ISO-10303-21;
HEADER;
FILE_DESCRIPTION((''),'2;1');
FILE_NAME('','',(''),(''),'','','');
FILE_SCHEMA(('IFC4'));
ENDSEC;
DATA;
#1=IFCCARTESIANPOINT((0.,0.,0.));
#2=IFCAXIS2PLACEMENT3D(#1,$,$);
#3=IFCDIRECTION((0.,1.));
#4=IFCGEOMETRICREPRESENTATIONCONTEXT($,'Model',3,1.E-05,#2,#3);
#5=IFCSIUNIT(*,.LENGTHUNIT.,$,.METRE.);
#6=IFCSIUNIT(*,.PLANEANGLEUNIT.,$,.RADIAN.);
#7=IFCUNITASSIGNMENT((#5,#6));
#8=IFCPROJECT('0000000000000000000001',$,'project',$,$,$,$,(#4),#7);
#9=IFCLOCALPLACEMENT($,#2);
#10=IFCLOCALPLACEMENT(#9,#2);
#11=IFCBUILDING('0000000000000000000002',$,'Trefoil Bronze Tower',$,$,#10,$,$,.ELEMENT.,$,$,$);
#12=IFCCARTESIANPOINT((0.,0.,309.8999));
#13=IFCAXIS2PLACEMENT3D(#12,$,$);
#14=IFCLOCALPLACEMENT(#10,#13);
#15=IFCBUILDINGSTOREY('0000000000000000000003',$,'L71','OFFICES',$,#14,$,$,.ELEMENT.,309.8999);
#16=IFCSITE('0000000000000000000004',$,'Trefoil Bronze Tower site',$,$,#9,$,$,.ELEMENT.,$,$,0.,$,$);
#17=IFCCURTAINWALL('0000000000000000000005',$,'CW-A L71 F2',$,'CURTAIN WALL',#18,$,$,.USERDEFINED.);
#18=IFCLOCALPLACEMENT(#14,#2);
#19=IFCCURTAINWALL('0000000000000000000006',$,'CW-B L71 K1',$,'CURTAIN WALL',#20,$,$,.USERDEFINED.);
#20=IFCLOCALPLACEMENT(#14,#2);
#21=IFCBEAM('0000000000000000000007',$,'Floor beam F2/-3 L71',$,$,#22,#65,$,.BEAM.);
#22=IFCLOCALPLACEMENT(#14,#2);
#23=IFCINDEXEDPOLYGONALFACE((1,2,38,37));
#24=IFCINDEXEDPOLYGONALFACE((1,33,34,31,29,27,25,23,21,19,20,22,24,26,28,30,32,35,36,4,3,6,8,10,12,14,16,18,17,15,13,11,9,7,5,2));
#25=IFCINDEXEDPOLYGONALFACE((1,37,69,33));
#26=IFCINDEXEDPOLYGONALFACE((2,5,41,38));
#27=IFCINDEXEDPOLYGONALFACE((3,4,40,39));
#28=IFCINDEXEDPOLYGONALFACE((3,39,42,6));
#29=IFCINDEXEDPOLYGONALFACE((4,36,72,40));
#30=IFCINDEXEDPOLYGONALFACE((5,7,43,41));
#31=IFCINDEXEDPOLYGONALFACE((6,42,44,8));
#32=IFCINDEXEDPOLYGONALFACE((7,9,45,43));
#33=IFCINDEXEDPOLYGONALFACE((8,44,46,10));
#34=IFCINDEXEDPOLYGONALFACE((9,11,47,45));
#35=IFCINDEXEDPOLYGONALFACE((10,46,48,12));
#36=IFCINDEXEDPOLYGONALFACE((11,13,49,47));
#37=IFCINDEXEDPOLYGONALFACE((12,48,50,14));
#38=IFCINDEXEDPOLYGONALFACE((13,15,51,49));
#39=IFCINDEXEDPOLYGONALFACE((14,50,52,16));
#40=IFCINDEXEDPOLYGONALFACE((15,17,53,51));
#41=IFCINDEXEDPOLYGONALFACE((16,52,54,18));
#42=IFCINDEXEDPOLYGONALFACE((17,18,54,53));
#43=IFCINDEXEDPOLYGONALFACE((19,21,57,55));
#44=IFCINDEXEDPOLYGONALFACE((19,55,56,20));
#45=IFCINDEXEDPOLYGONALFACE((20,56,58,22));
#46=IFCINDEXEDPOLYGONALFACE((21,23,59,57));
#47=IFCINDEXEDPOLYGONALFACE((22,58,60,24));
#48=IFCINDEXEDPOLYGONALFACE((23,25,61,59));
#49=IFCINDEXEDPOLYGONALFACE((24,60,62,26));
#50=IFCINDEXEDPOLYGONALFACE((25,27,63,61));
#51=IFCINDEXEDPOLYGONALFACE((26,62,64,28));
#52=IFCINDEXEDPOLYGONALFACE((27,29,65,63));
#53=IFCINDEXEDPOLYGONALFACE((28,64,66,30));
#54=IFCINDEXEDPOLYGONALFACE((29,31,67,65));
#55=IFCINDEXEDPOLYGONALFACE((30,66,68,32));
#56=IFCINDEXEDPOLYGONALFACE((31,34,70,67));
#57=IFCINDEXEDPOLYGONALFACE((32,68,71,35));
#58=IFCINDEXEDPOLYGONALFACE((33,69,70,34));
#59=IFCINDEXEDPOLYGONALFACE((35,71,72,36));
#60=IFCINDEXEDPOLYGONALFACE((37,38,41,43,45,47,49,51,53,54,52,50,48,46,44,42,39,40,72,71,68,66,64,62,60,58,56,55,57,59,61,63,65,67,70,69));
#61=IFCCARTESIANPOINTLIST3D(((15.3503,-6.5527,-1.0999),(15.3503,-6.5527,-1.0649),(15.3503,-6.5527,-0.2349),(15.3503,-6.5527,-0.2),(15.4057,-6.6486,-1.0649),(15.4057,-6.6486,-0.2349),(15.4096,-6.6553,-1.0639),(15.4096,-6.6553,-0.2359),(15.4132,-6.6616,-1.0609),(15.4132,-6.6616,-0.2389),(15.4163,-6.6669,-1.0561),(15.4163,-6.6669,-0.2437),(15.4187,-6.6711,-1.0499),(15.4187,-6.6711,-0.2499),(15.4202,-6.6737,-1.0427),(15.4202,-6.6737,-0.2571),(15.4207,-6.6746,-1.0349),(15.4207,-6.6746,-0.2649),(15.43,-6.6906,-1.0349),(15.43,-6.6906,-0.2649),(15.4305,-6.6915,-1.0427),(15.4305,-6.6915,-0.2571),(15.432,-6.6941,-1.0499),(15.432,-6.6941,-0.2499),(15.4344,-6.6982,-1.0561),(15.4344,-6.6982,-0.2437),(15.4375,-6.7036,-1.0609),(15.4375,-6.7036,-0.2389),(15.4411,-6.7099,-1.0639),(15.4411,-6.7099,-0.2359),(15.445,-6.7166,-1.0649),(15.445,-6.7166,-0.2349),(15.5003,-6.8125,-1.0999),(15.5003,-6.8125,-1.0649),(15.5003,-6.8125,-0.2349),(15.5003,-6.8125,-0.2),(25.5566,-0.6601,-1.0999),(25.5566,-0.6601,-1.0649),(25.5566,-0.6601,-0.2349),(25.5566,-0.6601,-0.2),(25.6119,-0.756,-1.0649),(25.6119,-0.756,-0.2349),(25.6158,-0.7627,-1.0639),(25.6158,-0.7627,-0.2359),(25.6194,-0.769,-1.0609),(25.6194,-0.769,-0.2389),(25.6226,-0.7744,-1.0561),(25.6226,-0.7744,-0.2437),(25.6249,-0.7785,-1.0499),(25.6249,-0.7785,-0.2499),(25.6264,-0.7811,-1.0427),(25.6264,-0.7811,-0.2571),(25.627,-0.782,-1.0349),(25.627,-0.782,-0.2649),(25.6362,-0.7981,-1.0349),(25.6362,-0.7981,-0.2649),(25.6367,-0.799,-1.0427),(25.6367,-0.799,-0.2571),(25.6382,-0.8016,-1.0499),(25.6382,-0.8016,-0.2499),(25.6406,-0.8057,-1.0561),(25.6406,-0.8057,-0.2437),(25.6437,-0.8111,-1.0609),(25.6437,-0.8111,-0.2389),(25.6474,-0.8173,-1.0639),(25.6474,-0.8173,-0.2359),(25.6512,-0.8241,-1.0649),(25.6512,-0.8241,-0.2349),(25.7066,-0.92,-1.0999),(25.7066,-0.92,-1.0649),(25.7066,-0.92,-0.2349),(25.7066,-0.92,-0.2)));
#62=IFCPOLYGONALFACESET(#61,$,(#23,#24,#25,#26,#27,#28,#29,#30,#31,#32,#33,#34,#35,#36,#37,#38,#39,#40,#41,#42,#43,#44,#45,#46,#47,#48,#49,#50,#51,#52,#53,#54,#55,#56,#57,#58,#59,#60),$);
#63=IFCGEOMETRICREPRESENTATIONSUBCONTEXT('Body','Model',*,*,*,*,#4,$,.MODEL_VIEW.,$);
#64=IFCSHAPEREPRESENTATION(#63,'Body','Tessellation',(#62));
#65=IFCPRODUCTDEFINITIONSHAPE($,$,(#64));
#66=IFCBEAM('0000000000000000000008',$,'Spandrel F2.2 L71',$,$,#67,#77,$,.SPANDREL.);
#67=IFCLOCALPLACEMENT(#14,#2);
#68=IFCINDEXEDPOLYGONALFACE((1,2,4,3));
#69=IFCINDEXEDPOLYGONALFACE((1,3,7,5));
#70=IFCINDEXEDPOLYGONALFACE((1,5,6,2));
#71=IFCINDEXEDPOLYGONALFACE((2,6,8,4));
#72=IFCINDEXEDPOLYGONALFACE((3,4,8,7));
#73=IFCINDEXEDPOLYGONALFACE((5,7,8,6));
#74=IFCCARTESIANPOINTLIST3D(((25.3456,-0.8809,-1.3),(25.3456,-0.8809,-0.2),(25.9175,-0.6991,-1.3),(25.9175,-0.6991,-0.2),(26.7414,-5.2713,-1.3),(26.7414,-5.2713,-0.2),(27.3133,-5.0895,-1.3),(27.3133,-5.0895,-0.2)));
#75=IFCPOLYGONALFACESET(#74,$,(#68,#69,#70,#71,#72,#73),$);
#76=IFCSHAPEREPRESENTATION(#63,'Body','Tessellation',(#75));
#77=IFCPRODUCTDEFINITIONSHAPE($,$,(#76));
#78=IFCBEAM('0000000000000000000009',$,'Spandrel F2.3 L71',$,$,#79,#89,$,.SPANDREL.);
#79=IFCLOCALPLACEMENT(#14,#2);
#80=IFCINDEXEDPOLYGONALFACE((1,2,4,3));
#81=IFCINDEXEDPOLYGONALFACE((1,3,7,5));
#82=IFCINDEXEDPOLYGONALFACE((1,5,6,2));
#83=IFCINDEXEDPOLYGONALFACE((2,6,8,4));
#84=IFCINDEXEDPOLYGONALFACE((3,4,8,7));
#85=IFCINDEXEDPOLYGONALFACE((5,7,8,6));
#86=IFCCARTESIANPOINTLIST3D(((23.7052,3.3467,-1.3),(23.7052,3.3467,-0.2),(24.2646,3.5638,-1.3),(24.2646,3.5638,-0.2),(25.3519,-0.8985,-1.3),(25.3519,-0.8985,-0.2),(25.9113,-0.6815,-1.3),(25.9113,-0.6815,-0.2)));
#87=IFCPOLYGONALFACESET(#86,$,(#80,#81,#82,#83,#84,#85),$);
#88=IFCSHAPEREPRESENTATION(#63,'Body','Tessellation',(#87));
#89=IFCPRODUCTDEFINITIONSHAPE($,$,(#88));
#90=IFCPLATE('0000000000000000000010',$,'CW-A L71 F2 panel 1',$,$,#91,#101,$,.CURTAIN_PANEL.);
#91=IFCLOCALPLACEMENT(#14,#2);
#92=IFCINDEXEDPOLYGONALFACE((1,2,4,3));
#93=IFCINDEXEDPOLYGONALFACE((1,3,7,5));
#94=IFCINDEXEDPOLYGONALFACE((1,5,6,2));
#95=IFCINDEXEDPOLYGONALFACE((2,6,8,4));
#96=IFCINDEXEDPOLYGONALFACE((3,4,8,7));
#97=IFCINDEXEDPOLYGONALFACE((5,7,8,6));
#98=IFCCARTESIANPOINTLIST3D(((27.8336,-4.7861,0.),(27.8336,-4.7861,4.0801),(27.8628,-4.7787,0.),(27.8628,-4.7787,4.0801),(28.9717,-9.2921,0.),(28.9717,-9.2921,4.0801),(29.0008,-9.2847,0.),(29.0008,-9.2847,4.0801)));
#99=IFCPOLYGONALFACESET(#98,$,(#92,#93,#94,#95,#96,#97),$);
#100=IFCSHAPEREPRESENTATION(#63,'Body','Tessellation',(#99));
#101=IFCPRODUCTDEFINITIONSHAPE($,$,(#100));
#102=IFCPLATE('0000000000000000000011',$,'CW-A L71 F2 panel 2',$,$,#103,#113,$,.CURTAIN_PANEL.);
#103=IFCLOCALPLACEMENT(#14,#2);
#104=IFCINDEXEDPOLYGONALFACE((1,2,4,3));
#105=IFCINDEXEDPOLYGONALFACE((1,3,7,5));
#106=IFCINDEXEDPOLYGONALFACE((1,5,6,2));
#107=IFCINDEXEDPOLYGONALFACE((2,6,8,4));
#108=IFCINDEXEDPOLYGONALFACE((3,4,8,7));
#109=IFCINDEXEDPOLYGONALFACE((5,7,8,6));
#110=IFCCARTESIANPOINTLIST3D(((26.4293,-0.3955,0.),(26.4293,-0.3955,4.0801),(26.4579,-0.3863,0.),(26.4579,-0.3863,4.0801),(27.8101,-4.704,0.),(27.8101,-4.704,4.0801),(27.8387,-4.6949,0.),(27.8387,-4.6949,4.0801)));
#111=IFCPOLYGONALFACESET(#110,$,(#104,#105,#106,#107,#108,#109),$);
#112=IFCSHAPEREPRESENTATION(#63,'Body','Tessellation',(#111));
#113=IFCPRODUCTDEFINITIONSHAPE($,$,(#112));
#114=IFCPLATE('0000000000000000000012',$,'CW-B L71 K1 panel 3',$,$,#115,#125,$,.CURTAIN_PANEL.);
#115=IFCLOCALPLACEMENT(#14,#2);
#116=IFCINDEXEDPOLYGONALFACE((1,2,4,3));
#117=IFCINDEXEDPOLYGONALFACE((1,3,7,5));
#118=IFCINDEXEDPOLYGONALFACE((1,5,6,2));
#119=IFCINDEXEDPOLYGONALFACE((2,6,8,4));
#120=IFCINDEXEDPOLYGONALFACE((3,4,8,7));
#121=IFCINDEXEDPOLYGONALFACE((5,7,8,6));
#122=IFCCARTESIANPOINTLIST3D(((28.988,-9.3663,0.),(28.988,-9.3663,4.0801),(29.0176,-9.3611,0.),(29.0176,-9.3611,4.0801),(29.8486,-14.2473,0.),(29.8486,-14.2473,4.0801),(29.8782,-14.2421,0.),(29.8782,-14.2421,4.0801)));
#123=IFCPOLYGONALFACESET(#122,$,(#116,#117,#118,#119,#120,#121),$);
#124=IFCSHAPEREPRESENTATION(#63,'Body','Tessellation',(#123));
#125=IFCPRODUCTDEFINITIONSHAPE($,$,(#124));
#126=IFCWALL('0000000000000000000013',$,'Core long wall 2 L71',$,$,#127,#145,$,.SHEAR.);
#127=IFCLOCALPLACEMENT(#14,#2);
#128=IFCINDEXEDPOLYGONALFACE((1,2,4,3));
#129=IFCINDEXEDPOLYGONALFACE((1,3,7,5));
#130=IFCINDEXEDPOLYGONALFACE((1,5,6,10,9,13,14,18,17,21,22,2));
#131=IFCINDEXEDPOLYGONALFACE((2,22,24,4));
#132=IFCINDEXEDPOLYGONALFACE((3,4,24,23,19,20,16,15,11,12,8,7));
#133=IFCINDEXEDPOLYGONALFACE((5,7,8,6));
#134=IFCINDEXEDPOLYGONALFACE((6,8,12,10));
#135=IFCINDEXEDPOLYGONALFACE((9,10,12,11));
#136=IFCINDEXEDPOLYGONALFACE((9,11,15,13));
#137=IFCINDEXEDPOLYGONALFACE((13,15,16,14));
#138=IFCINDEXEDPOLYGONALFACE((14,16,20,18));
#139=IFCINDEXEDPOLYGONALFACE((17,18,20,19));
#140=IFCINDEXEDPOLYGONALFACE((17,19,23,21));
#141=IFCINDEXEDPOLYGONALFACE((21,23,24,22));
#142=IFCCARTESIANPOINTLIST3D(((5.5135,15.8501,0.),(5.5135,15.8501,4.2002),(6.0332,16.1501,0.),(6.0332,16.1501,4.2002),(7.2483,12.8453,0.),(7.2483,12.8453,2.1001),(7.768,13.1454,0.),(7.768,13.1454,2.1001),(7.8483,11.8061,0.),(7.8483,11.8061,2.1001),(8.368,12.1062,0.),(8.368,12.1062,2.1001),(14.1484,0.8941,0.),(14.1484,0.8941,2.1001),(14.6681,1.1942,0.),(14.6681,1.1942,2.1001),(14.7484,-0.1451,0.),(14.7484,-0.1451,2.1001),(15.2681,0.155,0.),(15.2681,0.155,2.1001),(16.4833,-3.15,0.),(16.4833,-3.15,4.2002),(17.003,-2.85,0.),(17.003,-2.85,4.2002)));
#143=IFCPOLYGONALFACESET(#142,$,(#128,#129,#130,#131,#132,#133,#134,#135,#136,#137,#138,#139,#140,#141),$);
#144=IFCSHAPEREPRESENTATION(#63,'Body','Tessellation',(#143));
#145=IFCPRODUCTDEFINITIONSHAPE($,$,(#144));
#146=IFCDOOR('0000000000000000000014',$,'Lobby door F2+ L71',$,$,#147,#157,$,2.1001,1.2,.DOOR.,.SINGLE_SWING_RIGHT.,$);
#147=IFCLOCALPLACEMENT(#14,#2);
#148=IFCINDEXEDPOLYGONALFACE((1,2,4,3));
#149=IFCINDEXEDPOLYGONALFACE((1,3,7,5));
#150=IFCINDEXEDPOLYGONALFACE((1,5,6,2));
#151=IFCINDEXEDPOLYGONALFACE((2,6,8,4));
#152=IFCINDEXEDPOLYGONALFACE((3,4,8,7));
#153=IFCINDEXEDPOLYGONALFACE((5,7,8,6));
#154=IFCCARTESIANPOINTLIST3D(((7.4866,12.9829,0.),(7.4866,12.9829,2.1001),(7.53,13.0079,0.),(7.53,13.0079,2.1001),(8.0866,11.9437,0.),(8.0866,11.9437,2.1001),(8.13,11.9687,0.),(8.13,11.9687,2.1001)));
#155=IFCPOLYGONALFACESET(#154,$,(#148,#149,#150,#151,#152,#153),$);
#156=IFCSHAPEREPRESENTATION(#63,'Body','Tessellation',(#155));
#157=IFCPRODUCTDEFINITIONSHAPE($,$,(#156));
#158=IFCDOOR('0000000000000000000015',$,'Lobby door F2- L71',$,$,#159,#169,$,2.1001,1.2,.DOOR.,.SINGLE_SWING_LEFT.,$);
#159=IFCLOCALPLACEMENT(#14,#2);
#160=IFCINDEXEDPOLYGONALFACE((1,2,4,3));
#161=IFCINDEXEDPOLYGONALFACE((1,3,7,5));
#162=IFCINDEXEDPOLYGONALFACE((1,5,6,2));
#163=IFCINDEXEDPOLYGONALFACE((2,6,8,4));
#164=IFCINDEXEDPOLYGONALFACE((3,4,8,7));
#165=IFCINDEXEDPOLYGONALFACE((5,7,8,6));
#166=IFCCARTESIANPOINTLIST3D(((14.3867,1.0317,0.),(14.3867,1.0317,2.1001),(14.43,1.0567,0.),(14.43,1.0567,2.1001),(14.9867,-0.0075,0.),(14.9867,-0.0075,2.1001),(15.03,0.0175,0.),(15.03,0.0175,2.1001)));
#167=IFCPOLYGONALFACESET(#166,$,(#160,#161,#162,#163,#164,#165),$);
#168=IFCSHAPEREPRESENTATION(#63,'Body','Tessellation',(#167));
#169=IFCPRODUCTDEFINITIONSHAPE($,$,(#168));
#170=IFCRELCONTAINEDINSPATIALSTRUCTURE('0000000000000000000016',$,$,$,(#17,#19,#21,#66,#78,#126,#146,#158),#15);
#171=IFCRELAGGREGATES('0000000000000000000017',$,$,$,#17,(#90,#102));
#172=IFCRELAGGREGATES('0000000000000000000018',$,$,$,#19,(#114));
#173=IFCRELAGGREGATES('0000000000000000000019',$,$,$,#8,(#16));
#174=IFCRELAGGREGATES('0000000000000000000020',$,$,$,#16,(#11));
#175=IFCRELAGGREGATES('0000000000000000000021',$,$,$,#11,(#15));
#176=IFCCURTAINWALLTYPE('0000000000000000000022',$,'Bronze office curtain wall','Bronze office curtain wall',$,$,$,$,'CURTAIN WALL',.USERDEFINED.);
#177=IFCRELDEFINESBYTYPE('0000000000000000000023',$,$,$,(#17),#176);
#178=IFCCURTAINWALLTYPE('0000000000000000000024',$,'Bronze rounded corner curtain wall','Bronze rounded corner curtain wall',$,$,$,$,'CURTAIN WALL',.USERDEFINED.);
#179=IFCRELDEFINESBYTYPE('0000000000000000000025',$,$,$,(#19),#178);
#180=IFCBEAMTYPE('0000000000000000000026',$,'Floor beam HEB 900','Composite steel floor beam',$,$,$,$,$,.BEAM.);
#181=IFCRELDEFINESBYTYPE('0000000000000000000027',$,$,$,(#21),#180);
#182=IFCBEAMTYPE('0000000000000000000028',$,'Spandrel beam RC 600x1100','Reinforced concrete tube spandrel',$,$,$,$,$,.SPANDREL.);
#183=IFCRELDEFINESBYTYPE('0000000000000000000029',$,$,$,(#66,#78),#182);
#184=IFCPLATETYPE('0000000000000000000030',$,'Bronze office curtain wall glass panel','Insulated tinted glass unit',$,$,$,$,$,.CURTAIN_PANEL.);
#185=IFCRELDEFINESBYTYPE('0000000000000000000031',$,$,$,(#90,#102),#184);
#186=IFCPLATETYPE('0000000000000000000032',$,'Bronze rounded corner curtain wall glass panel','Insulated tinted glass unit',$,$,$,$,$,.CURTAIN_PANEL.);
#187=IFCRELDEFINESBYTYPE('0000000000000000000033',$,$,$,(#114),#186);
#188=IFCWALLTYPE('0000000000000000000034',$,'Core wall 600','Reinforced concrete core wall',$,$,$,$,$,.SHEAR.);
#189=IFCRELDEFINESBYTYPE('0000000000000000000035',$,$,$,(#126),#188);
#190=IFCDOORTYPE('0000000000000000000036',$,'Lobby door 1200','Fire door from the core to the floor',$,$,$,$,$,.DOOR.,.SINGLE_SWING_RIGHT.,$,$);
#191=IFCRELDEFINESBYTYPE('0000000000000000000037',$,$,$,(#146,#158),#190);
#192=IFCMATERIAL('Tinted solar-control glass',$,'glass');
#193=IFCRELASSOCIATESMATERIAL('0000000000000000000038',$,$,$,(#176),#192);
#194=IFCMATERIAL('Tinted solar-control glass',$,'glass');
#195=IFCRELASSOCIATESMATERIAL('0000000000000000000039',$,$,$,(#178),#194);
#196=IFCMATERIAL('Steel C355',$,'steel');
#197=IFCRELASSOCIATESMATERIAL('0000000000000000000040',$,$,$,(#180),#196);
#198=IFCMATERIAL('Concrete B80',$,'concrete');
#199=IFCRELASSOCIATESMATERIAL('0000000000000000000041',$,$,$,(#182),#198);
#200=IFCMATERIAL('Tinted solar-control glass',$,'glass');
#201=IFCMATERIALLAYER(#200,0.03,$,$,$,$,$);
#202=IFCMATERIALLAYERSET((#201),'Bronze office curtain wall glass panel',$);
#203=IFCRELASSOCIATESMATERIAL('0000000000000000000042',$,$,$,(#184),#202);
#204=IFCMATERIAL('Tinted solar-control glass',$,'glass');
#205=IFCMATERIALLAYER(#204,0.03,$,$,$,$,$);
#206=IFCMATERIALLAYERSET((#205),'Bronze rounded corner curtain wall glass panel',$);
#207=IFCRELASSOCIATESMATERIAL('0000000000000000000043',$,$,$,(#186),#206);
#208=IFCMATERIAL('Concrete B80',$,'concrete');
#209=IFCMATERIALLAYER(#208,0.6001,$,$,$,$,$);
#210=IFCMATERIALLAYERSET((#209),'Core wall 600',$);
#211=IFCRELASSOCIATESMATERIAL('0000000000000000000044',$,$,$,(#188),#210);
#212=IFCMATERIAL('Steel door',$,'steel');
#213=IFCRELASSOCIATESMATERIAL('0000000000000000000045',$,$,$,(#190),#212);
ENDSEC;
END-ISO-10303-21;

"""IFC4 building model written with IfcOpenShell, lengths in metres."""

from ifc_helpers import new_model, si_unit, direction, frame, frame_2d, origin, origin_2d, place, context, subcontext, project, spatial, rectangle, i_section, extrude, material, layer, layer_set, material_profile, profile_set, type_object, element, fill, aggregate, save


model = new_model("IFC4")

# Units and contexts
model_context = context("Model", 3, precision=1e-05, world=origin(), true_north=direction((0.0, 1.0)))
body_context = subcontext(model_context, "Body", "Model", "MODEL_VIEW")
ifc_project = project(units=[si_unit("LENGTHUNIT", "METRE"), si_unit("PLANEANGLEUNIT", "RADIAN")], contexts=[model_context])

# Site, building, storey
site_placement = place(None, origin())
site = spatial("IfcSite", under=ifc_project, at=site_placement, Name="Trefoil Bronze Tower site", CompositionType="ELEMENT", RefElevation=0.0)
building_placement = place(site_placement, origin())
building = spatial("IfcBuilding", under=site, at=building_placement, Name="Trefoil Bronze Tower", CompositionType="ELEMENT")
storey_placement = place(building_placement, frame((0.0, 0.0, 309.8999)))
storey = spatial("IfcBuildingStorey", under=building, at=storey_placement, Name="L71", Description="OFFICES", CompositionType="ELEMENT", Elevation=309.8999)

# Curtain wall
ifc_material_1 = material(Name="Tinted solar-control glass", Category="glass")
curtain_wall_type_1 = type_object("IfcCurtainWallType", Name="Bronze office curtain wall", Description="Bronze office curtain wall", ElementType="CURTAIN WALL", PredefinedType="USERDEFINED", material=ifc_material_1)
curtain_wall_1_placement = place(storey_placement, origin())
curtain_wall_1 = element("IfcCurtainWall", 1, at=curtain_wall_1_placement, inside=storey, type_object=curtain_wall_type_1, Name="CW-A L71 F2", ObjectType="CURTAIN WALL", PredefinedType="USERDEFINED")

# Curtain wall
ifc_material_2 = material(Name="Tinted solar-control glass", Category="glass")
curtain_wall_type_2 = type_object("IfcCurtainWallType", Name="Bronze rounded corner curtain wall", Description="Bronze rounded corner curtain wall", ElementType="CURTAIN WALL", PredefinedType="USERDEFINED", material=ifc_material_2)
curtain_wall_2_placement = place(storey_placement, origin())
curtain_wall_2 = element("IfcCurtainWall", 2, at=curtain_wall_2_placement, inside=storey, type_object=curtain_wall_type_2, Name="CW-B L71 K1", ObjectType="CURTAIN WALL", PredefinedType="USERDEFINED")

# Beams
ifc_material_3 = material(Name="Steel C355", Category="steel")
ifc_material_profile_1 = material_profile(ifc_material_3, i_section(OverallWidth=0.3, OverallDepth=0.8999, WebThickness=0.0186, FlangeThickness=0.0349, FilletRadius=0.03, at=origin_2d()), Name="HEB 900")
ifc_profile_set_1 = profile_set([ifc_material_profile_1], Name="Steel C355")
beam_type_1 = type_object("IfcBeamType", Name="Floor beam HEB 900", Description="Composite steel floor beam", PredefinedType="BEAM", material=ifc_profile_set_1)
beam_1_placement = place(storey_placement, frame((25.6316, -0.79, -0.6499), z_axis=(-0.866027, -0.499998, 0.0), x_axis=(0.499998, -0.866027, 0.0)))
element("IfcBeam", 3, at=beam_1_placement, inside=storey, type_object=beam_type_1, Name="Floor beam F2/-3 L71", PredefinedType="BEAM", context=body_context, shape_type="SweptSolid", body=[
    extrude(i_section(OverallWidth=0.3, OverallDepth=0.8999, WebThickness=0.0186, FlangeThickness=0.0349, FilletRadius=0.03, at=origin_2d()), origin(), (0.0, 0.0, 1.0), 11.7852),
])
ifc_material_4 = material(Name="Concrete B80", Category="concrete")
ifc_material_profile_2 = material_profile(ifc_material_4, rectangle(XDim=0.6001, YDim=1.1001, at=origin_2d()), Name="RC 600x1100")
ifc_profile_set_2 = profile_set([ifc_material_profile_2], Name="Concrete B80")
beam_type_2 = type_object("IfcBeamType", Name="Spandrel beam RC 600x1100", Description="Reinforced concrete tube spandrel", PredefinedType="SPANDREL", material=ifc_profile_set_2)
beam_2_placement = place(storey_placement, frame((27.0273, -5.1804, -0.75), z_axis=(-0.30297, 0.953, 0.0), x_axis=(-0.953, -0.30297, 0.0)))
element("IfcBeam", 4, at=beam_2_placement, inside=storey, type_object=beam_type_2, Name="Spandrel F2.2 L71", PredefinedType="SPANDREL", context=body_context, shape_type="SweptSolid", body=[
    extrude(rectangle(XDim=0.6001, YDim=1.1001, at=origin_2d()), origin(), (0.0, 0.0, 1.0), 4.6069),
])
beam_3_placement = place(storey_placement, frame((25.6316, -0.79, -0.75), z_axis=(-0.361636, 0.932319, 0.0), x_axis=(-0.932319, -0.361636, 0.0)))
element("IfcBeam", 5, at=beam_3_placement, inside=storey, type_object=beam_type_2, Name="Spandrel F2.3 L71", PredefinedType="SPANDREL", context=body_context, shape_type="SweptSolid", body=[
    extrude(rectangle(XDim=0.6001, YDim=1.1001, at=origin_2d()), origin(), (0.0, 0.0, 1.0), 4.5535),
])

# Plates
ifc_material_5 = material(Name="Tinted solar-control glass", Category="glass")
ifc_layer_1 = layer(ifc_material_5, 0.03)
ifc_layer_set_1 = layer_set([ifc_layer_1], Name="Bronze office curtain wall glass panel")
plate_type_1 = type_object("IfcPlateType", Name="Bronze office curtain wall glass panel", Description="Insulated tinted glass unit", PredefinedType="CURTAIN_PANEL", material=ifc_layer_set_1)
plate_1_placement = place(storey_placement, frame((28.4172, -7.0354, 0.0), z_axis=(0.0, 0.0, 1.0), x_axis=(-0.24488, 0.969554, 0.0)))
plate_1 = element("IfcPlate", 6, at=plate_1_placement, type_object=plate_type_1, Name="CW-A L71 F2 panel 1", PredefinedType="CURTAIN_PANEL", context=body_context, shape_type="SweptSolid", body=[
    extrude(rectangle(XDim=4.6475, YDim=0.03, at=origin_2d()), origin(), (0.0, 0.0, 1.0), 4.0801),
])
plate_2_placement = place(storey_placement, frame((27.134, -2.5452, 0.0), z_axis=(0.0, 0.0, 1.0), x_axis=(-0.305188, 0.952292, 0.0)))
plate_2 = element("IfcPlate", 7, at=plate_2_placement, type_object=plate_type_1, Name="CW-A L71 F2 panel 2", PredefinedType="CURTAIN_PANEL", context=body_context, shape_type="SweptSolid", body=[
    extrude(rectangle(XDim=4.5244, YDim=0.03, at=origin_2d()), origin(), (0.0, 0.0, 1.0), 4.0801),
])
aggregate(curtain_wall_1, [plate_1, plate_2])
ifc_material_6 = material(Name="Tinted solar-control glass", Category="glass")
ifc_layer_2 = layer(ifc_material_6, 0.03)
ifc_layer_set_2 = layer_set([ifc_layer_2], Name="Bronze rounded corner curtain wall glass panel")
plate_type_2 = type_object("IfcPlateType", Name="Bronze rounded corner curtain wall glass panel", Description="Insulated tinted glass unit", PredefinedType="CURTAIN_PANEL", material=ifc_layer_set_2)
plate_3_placement = place(storey_placement, frame((29.4331, -11.8042, 0.0), z_axis=(0.0, 0.0, 1.0), x_axis=(-0.173648, 0.984808, 0.0)))
plate_3 = element("IfcPlate", 8, at=plate_3_placement, type_object=plate_type_2, Name="CW-B L71 K1 panel 3", PredefinedType="CURTAIN_PANEL", context=body_context, shape_type="SweptSolid", body=[
    extrude(rectangle(XDim=4.9563, YDim=0.03, at=origin_2d()), origin(), (0.0, 0.0, 1.0), 4.0801),
])
aggregate(curtain_wall_2, [plate_3])

# Wall, openings, doors
ifc_material_7 = material(Name="Concrete B80", Category="concrete")
ifc_layer_3 = layer(ifc_material_7, 0.6001)
ifc_layer_set_3 = layer_set([ifc_layer_3], Name="Core wall 600")
wall_type_1 = type_object("IfcWallType", Name="Core wall 600", Description="Reinforced concrete core wall", PredefinedType="SHEAR", material=ifc_layer_set_3)
wall_1_placement = place(storey_placement, frame((16.7432, -3.0, 0.0), z_axis=(0.0, 0.0, 1.0), x_axis=(-0.500002, 0.866024, 0.0)))
wall_1 = element("IfcWall", 9, at=wall_1_placement, inside=storey, type_object=wall_type_1, Name="Core long wall 2 L71", PredefinedType="SHEAR", context=body_context, shape_type="SweptSolid", body=[
    extrude(rectangle(XDim=21.9395, YDim=0.6001, at=frame_2d((10.9697, 0.0))), origin(), (0.0, 0.0, 1.0), 4.2002),
])
opening_1_placement = place(wall_1_placement, frame((17.2698, 0.0, 0.0)))
opening_1 = element("IfcOpeningElement", 10, at=opening_1_placement, cuts=wall_1, PredefinedType="OPENING", context=body_context, shape_type="SweptSolid", body=[
    extrude(rectangle(XDim=1.2, YDim=2.1001, at=frame_2d((0.6001, 1.05))), frame((0.0, 0.3101, 0.0), z_axis=(0.0, -1.0, 0.0), x_axis=(1.0, 0.0, 0.0)), (0.0, 0.0, 1.0), 0.6201),
])
opening_2_placement = place(wall_1_placement, frame((3.4697, 0.0, 0.0)))
opening_2 = element("IfcOpeningElement", 11, at=opening_2_placement, cuts=wall_1, PredefinedType="OPENING", context=body_context, shape_type="SweptSolid", body=[
    extrude(rectangle(XDim=1.2, YDim=2.1001, at=frame_2d((0.6001, 1.05))), frame((0.0, 0.3101, 0.0), z_axis=(0.0, -1.0, 0.0), x_axis=(1.0, 0.0, 0.0)), (0.0, 0.0, 1.0), 0.6201),
])
ifc_material_8 = material(Name="Steel door", Category="steel")
door_type = type_object("IfcDoorType", Name="Lobby door 1200", Description="Fire door from the core to the floor", OperationType="SINGLE_SWING_RIGHT", PredefinedType="DOOR", material=ifc_material_8)
door_1_placement = place(opening_1_placement, origin())
door_1 = element("IfcDoor", 12, at=door_1_placement, inside=storey, type_object=door_type, Name="Lobby door F2+ L71", OperationType="SINGLE_SWING_RIGHT", OverallHeight=2.1001, OverallWidth=1.2, PredefinedType="DOOR", context=body_context, shape_type="SweptSolid", body=[
    extrude(rectangle(XDim=1.2, YDim=2.1001, at=frame_2d((0.6001, 1.05))), frame((0.0, 0.0249, 0.0), z_axis=(0.0, -1.0, 0.0), x_axis=(1.0, 0.0, 0.0)), (0.0, 0.0, 1.0), 0.05),
])
fill(opening_1, door_1)
door_2_placement = place(opening_2_placement, origin())
door_2 = element("IfcDoor", 13, at=door_2_placement, inside=storey, type_object=door_type, Name="Lobby door F2- L71", OperationType="SINGLE_SWING_LEFT", OverallHeight=2.1001, OverallWidth=1.2, PredefinedType="DOOR", context=body_context, shape_type="SweptSolid", body=[
    extrude(rectangle(XDim=1.2, YDim=2.1001, at=frame_2d((0.6001, 1.05))), frame((0.0, 0.0249, 0.0), z_axis=(0.0, -1.0, 0.0), x_axis=(1.0, 0.0, 0.0)), (0.0, 0.0, 1.0), 0.05),
])
fill(opening_2, door_2)

save(model, "model.ifc")
